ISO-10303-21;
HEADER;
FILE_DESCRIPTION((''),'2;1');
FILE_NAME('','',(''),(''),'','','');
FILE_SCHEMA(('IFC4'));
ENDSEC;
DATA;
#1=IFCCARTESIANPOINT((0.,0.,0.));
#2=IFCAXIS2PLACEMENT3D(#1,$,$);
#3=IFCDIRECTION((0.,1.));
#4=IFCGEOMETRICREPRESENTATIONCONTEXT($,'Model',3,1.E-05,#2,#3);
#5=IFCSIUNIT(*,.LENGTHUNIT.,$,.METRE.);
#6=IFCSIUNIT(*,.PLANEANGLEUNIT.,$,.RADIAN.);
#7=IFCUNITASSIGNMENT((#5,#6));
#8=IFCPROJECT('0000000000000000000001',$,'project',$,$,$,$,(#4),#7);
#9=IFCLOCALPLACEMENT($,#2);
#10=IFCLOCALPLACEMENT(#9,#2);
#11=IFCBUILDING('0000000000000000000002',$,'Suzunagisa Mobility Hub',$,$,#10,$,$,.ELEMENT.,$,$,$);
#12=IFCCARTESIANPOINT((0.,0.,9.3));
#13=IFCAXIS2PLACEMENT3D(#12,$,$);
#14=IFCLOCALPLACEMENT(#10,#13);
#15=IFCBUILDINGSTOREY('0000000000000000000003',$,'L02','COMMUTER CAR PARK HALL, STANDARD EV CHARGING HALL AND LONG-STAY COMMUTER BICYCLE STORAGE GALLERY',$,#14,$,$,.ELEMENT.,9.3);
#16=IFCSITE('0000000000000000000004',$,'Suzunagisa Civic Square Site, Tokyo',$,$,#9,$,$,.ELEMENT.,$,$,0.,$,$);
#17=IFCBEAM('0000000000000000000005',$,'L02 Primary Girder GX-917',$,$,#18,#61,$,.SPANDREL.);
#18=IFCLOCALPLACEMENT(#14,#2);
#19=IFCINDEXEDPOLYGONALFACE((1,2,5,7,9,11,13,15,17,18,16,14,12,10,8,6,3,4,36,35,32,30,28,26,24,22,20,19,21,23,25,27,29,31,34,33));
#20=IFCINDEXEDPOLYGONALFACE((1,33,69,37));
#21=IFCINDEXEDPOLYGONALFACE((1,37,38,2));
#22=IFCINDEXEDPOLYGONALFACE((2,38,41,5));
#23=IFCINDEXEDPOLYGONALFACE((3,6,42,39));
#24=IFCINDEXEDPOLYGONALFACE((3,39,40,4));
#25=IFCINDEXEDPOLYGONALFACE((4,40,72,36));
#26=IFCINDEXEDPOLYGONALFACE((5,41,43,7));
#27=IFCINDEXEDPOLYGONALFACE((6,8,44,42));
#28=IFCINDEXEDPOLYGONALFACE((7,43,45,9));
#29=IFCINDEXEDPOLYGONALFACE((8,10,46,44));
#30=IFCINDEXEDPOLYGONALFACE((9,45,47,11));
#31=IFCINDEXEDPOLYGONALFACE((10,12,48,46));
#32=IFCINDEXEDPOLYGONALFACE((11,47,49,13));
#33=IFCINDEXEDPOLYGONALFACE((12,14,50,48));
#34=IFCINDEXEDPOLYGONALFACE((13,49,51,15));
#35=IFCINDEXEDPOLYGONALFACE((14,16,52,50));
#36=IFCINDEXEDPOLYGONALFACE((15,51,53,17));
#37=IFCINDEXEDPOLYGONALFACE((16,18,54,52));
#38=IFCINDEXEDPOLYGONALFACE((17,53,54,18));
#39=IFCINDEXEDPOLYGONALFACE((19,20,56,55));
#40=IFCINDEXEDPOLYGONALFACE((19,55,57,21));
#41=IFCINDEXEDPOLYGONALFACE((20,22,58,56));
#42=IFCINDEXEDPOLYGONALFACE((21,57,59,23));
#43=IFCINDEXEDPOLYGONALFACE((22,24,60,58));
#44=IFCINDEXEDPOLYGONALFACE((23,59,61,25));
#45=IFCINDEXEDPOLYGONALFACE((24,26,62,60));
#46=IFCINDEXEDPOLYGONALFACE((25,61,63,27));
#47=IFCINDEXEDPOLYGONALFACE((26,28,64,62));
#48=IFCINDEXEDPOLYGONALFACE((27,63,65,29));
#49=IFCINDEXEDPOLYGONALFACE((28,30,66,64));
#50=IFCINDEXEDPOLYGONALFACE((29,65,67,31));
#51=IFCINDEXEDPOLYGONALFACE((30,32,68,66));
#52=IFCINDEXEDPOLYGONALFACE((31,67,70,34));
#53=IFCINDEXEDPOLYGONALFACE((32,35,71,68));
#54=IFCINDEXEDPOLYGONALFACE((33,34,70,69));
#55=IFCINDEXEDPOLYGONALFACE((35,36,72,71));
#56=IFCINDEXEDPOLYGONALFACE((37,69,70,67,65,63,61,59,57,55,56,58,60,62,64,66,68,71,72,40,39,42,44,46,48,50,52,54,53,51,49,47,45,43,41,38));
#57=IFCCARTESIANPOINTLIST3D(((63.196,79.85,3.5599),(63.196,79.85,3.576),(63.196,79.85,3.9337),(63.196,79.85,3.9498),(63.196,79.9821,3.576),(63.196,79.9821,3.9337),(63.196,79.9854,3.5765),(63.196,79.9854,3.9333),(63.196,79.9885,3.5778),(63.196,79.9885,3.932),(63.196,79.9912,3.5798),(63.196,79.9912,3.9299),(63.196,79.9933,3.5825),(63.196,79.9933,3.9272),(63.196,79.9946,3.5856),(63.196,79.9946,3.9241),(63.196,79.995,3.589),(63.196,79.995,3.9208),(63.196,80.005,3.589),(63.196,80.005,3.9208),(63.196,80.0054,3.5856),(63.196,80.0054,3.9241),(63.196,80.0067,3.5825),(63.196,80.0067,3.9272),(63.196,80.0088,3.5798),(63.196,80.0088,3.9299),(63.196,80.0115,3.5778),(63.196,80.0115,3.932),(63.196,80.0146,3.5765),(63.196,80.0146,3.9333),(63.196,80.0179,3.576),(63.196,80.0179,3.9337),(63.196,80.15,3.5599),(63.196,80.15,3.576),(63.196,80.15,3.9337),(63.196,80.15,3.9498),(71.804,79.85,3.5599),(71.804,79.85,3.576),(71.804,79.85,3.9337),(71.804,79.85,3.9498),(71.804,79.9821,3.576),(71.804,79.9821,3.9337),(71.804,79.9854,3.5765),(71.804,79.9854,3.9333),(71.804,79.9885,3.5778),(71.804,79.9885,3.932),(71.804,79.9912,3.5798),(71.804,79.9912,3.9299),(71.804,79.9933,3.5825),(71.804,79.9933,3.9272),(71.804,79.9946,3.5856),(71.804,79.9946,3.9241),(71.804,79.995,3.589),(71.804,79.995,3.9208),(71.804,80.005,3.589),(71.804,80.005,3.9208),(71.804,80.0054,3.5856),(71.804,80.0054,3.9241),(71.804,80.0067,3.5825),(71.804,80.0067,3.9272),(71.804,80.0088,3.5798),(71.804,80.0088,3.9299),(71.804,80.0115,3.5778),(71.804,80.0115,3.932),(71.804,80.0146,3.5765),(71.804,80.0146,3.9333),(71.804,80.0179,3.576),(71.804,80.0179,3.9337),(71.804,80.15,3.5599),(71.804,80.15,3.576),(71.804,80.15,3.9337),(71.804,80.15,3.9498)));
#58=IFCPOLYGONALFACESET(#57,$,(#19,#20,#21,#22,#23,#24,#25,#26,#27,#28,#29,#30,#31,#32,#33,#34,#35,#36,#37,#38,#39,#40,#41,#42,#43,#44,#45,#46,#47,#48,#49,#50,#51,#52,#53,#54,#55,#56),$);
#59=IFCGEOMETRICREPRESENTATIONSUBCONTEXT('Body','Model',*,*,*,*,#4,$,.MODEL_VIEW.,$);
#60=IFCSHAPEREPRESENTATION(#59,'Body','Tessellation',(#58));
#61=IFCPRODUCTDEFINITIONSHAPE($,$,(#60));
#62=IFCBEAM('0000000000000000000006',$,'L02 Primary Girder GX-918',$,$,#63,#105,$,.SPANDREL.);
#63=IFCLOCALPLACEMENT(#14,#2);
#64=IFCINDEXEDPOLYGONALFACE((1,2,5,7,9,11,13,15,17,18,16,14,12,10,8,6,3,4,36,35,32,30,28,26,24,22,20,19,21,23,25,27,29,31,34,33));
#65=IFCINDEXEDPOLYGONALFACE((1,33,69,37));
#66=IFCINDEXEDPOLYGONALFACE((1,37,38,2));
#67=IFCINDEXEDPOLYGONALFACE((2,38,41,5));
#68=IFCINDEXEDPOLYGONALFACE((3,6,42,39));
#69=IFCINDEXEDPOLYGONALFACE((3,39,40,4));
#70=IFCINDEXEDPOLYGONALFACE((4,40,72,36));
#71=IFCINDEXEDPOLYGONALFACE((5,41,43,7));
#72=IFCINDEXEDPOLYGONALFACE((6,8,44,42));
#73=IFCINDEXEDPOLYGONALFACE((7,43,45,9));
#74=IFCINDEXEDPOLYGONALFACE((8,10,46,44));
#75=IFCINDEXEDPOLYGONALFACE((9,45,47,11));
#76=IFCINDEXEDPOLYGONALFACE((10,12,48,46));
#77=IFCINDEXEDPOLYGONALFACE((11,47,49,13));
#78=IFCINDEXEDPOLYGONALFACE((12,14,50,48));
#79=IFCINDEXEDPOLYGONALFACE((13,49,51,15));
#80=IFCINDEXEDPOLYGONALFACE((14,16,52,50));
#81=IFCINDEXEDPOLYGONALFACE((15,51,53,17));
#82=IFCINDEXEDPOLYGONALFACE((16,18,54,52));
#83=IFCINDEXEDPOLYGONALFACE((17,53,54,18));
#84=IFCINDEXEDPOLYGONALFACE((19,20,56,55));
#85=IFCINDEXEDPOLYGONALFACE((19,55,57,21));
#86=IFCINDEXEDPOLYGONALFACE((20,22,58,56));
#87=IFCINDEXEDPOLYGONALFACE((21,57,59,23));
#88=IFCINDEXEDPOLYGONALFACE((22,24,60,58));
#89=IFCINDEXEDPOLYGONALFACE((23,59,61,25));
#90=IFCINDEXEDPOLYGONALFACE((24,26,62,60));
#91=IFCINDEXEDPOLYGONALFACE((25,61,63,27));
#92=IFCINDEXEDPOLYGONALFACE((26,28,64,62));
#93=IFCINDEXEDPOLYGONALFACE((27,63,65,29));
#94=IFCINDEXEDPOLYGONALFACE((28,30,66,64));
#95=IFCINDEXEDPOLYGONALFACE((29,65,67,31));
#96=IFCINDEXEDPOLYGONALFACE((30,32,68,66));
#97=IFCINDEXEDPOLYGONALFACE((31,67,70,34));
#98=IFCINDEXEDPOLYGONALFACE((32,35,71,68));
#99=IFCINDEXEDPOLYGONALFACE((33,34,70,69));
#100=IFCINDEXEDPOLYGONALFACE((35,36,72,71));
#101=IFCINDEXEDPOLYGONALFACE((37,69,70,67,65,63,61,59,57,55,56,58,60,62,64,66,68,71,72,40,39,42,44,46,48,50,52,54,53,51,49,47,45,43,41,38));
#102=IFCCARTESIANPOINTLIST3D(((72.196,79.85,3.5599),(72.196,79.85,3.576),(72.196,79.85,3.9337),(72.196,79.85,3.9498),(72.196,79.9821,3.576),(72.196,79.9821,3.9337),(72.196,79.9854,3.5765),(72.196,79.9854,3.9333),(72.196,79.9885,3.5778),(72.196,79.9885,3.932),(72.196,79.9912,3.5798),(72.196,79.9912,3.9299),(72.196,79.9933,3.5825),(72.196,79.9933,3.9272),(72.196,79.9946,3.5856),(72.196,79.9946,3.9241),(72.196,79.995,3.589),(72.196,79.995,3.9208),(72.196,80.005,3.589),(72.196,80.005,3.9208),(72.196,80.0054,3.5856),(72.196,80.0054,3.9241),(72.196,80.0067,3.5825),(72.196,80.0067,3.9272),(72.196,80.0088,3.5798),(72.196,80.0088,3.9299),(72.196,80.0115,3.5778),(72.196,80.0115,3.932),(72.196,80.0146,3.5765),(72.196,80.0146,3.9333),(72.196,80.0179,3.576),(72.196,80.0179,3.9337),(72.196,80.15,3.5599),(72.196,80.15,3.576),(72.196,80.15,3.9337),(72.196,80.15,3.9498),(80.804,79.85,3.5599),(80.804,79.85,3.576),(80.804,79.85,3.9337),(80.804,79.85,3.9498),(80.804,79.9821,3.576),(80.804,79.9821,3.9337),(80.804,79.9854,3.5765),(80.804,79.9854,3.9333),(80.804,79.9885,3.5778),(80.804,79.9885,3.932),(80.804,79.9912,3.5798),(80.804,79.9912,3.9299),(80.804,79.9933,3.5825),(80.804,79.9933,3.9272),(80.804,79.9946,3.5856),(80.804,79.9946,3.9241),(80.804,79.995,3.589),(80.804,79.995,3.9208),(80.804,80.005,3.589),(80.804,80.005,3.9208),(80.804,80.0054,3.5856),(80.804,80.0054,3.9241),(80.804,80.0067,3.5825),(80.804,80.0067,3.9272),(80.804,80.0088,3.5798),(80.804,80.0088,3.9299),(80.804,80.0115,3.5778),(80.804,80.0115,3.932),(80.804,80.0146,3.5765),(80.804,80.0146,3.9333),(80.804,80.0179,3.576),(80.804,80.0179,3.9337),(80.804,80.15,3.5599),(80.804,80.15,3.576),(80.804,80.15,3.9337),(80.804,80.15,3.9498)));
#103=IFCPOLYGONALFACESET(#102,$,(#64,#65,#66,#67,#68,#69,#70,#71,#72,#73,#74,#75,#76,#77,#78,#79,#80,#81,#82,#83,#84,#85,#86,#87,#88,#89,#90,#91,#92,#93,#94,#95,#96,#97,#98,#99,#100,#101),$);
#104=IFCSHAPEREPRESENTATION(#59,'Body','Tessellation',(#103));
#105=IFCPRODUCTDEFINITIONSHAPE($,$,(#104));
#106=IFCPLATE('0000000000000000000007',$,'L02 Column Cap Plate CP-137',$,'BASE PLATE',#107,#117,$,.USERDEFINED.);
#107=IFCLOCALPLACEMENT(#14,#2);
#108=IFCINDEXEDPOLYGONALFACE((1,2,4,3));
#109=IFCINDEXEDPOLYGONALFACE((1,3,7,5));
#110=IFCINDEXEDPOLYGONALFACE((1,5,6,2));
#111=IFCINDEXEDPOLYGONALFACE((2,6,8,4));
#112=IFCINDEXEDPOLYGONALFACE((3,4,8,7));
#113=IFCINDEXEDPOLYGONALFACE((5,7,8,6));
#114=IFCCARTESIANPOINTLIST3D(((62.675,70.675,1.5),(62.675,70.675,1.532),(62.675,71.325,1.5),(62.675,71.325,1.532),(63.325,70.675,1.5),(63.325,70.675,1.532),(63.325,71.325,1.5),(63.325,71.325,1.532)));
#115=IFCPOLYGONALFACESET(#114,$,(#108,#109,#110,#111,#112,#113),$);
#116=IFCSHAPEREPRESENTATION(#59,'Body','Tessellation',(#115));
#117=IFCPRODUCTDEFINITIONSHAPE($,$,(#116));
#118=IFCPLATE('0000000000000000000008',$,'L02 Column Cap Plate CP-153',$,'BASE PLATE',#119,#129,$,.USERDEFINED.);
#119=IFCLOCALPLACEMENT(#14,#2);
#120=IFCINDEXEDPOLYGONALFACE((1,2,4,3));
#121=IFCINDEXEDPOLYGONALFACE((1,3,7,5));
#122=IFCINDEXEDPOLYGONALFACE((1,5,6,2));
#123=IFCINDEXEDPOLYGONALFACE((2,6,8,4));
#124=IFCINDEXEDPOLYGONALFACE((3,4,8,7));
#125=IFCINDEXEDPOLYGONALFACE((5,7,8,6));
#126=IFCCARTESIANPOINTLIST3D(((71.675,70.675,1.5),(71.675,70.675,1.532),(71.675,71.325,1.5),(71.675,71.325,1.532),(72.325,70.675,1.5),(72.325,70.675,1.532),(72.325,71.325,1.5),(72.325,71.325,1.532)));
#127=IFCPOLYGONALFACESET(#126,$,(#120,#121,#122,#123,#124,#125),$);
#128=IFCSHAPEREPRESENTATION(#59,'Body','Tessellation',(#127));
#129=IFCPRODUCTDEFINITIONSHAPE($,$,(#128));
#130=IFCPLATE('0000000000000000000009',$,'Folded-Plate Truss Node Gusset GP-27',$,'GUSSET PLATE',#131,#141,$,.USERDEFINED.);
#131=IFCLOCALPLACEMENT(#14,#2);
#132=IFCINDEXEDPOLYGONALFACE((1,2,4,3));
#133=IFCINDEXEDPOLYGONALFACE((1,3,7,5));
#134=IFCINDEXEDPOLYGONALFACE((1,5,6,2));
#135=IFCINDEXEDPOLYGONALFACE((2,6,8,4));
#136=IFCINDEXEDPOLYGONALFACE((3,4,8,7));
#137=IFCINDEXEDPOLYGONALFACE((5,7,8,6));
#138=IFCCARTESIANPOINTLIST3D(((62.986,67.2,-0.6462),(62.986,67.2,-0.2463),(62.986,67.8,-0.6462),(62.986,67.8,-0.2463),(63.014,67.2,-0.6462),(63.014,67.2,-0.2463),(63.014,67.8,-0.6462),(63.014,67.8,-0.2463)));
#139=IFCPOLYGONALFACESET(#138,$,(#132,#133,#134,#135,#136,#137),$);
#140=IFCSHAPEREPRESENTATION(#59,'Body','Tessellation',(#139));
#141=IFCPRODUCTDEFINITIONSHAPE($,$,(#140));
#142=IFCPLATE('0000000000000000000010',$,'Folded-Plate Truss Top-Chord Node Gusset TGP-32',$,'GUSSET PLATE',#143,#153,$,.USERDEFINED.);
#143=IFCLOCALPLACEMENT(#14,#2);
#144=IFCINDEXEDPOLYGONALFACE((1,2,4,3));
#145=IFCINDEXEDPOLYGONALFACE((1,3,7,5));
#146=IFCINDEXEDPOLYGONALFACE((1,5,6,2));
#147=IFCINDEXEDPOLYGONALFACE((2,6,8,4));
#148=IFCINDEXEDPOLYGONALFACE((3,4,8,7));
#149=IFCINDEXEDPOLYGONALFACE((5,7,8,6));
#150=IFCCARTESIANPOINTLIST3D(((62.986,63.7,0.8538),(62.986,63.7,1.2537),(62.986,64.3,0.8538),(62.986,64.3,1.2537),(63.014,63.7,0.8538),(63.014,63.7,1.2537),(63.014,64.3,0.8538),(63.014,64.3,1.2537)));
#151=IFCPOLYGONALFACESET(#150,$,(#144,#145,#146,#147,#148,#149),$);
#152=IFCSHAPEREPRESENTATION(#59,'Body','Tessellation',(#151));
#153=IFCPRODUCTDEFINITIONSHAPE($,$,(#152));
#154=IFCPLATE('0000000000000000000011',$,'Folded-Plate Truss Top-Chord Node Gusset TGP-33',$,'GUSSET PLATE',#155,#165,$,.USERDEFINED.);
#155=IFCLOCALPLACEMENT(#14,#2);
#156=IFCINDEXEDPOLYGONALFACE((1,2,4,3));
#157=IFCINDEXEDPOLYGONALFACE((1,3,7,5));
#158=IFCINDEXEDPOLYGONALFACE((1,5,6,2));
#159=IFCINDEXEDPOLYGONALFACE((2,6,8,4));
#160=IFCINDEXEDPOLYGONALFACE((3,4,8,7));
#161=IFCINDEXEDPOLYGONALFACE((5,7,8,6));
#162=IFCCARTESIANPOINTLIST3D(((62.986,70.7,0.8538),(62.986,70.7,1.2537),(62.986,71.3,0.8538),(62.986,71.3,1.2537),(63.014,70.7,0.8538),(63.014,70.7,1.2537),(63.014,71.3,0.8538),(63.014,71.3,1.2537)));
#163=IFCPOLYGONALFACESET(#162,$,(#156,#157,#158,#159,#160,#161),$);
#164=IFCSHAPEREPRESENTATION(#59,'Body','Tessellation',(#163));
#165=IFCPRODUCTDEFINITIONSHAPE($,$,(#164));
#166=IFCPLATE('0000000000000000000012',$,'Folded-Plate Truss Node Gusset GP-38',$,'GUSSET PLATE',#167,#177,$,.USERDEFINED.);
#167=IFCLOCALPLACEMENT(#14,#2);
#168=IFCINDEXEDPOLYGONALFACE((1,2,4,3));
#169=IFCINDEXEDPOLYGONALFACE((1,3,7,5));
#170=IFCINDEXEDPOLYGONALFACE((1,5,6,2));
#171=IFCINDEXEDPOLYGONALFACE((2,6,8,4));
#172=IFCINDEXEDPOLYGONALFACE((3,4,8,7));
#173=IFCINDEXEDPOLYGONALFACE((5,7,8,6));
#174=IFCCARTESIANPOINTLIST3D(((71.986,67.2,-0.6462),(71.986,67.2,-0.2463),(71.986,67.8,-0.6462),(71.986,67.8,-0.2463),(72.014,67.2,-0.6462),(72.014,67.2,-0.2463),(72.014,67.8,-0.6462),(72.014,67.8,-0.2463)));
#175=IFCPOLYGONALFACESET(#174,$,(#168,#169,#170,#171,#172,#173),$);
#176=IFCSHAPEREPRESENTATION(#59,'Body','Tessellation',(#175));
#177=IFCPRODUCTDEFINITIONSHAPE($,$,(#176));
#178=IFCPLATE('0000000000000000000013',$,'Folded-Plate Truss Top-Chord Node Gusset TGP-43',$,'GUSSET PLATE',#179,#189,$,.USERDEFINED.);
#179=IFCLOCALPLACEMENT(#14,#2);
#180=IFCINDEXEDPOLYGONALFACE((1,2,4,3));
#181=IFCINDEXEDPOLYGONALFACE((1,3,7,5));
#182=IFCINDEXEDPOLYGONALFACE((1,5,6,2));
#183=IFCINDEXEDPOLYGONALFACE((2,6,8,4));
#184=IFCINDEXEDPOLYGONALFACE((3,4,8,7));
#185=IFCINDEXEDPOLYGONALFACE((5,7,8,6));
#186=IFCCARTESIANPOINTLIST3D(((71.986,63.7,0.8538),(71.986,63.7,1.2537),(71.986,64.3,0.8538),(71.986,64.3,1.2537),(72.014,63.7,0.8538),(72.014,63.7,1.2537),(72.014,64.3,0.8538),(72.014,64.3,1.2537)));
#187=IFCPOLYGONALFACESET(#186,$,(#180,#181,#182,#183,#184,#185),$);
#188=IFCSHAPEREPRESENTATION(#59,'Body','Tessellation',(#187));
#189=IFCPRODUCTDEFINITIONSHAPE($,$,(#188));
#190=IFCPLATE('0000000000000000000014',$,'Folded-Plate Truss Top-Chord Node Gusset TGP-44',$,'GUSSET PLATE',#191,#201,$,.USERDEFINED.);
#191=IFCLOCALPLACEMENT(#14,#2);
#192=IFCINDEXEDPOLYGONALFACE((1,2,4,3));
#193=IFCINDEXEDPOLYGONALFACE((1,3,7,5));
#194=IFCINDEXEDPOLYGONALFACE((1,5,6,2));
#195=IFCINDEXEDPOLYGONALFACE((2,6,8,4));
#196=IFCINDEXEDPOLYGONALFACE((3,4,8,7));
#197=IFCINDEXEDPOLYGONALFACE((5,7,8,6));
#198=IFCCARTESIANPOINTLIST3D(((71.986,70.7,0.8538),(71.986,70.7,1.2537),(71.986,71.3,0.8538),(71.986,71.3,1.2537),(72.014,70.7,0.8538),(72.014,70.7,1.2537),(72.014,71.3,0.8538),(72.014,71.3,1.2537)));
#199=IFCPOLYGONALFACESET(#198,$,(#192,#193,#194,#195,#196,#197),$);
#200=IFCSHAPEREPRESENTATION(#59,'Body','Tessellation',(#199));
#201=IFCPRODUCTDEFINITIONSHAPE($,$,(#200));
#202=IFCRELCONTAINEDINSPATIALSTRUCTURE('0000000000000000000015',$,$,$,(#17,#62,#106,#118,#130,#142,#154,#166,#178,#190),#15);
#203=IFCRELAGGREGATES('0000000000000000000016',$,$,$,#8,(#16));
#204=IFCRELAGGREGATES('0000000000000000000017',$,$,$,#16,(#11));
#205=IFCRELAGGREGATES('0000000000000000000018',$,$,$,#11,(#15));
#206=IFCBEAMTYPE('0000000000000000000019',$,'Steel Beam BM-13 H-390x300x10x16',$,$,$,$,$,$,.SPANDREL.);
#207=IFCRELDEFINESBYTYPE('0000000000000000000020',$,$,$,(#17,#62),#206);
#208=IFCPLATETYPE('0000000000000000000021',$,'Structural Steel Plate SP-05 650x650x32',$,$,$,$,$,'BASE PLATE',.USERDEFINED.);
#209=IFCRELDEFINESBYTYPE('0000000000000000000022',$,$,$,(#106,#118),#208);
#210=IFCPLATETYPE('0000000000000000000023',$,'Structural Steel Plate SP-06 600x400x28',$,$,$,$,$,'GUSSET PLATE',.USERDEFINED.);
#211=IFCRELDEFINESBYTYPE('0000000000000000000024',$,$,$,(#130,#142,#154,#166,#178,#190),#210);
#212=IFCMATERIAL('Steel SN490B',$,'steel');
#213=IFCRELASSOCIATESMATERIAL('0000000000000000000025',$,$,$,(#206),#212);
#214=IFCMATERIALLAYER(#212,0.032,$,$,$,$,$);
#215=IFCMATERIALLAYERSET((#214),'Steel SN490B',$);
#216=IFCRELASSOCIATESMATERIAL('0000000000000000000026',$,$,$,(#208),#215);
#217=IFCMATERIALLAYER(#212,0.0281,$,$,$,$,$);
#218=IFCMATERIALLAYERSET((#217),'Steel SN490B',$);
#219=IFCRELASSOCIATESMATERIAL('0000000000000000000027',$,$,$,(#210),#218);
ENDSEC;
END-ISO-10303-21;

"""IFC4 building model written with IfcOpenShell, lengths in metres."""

from ifc_helpers import new_model, si_unit, direction, frame, origin, origin_2d, place, context, subcontext, project, spatial, rectangle, i_section, extrude, material, layer, layer_set, material_profile, profile_set, type_object, element, save


model = new_model("IFC4")

# Units and contexts
model_context = context("Model", 3, precision=1e-05, world=origin(), true_north=direction((0.0, 1.0)))
body_context = subcontext(model_context, "Body", "Model", "MODEL_VIEW")
ifc_project = project(units=[si_unit("LENGTHUNIT", "METRE"), si_unit("PLANEANGLEUNIT", "RADIAN")], contexts=[model_context])

# Site, building, storey
site_placement = place(None, origin())
site = spatial("IfcSite", under=ifc_project, at=site_placement, Name="Suzunagisa Civic Square Site, Tokyo", CompositionType="ELEMENT", RefElevation=0.0)
building_placement = place(site_placement, origin())
building = spatial("IfcBuilding", under=site, at=building_placement, Name="Suzunagisa Mobility Hub", CompositionType="ELEMENT")
storey_placement = place(building_placement, frame((0.0, 0.0, 9.3)))
storey = spatial("IfcBuildingStorey", under=building, at=storey_placement, Name="L02", Description="COMMUTER CAR PARK HALL, STANDARD EV CHARGING HALL AND LONG-STAY COMMUTER BICYCLE STORAGE GALLERY", CompositionType="ELEMENT", Elevation=9.3)

# Shared definitions
ifc_material_1 = material(Name="Steel SN490B", Category="steel")

# Beams
ifc_material_profile_1 = material_profile(ifc_material_1, i_section(OverallWidth=0.3, OverallDepth=0.3899, WebThickness=0.01, FlangeThickness=0.0161, FilletRadius=0.0129, at=origin_2d()), Name="H-390x300x10x16")
ifc_profile_set_1 = profile_set([ifc_material_profile_1], Name="Steel SN490B")
beam_type_1 = type_object("IfcBeamType", Name="Steel Beam BM-13 H-390x300x10x16", PredefinedType="SPANDREL", material=ifc_profile_set_1)
for number, where, z_axis, x_axis, name in (
    (1, (63.196, 80.0, 3.7549), (1.0, 0.0, 0.0), (0.0, 1.0, 0.0), "L02 Primary Girder GX-917"),
    (2, (72.196, 80.0, 3.7549), (1.0, 0.0, 0.0), (0.0, 1.0, 0.0), "L02 Primary Girder GX-918"),
):
    element("IfcBeam", number, at=place(storey_placement, frame(where, z_axis=z_axis, x_axis=x_axis)), inside=storey, type_object=beam_type_1, Name=name, PredefinedType="SPANDREL", context=body_context, shape_type="SweptSolid", body=[
        extrude(i_section(OverallWidth=0.3, OverallDepth=0.3899, WebThickness=0.01, FlangeThickness=0.0161, FilletRadius=0.0129, at=origin_2d()), origin(), (0.0, 0.0, 1.0), 8.6079),
    ])

# Plates
ifc_layer_1 = layer(ifc_material_1, 0.032)
ifc_layer_set_1 = layer_set([ifc_layer_1], Name="Steel SN490B")
plate_type_1 = type_object("IfcPlateType", Name="Structural Steel Plate SP-05 650x650x32", ElementType="BASE PLATE", PredefinedType="USERDEFINED", material=ifc_layer_set_1)
for number, where, z_axis, x_axis, name in (
    (3, (63.0, 71.0, 1.5), (0.0, 0.0, 1.0), (1.0, 0.0, 0.0), "L02 Column Cap Plate CP-137"),
    (4, (72.0, 71.0, 1.5), (0.0, 0.0, 1.0), (1.0, 0.0, 0.0), "L02 Column Cap Plate CP-153"),
):
    element("IfcPlate", number, at=place(storey_placement, frame(where, z_axis=z_axis, x_axis=x_axis)), inside=storey, type_object=plate_type_1, Name=name, ObjectType="BASE PLATE", PredefinedType="USERDEFINED", context=body_context, shape_type="SweptSolid", body=[
        extrude(rectangle(XDim=0.6499, YDim=0.6499, at=origin_2d()), origin(), (0.0, 0.0, 1.0), 0.032),
    ])
ifc_layer_2 = layer(ifc_material_1, 0.0281)
ifc_layer_set_2 = layer_set([ifc_layer_2], Name="Steel SN490B")
plate_type_2 = type_object("IfcPlateType", Name="Structural Steel Plate SP-06 600x400x28", ElementType="GUSSET PLATE", PredefinedType="USERDEFINED", material=ifc_layer_set_2)
for number, where, z_axis, x_axis, name in (
    (5, (63.0, 67.5, -0.6462), (0.0, 0.0, 1.0), (1.0, 0.0, 0.0), "Folded-Plate Truss Node Gusset GP-27"),
    (6, (63.0, 64.0, 0.8538), (0.0, 0.0, 1.0), (1.0, 0.0, 0.0), "Folded-Plate Truss Top-Chord Node Gusset TGP-32"),
    (7, (63.0, 71.0, 0.8538), (0.0, 0.0, 1.0), (1.0, 0.0, 0.0), "Folded-Plate Truss Top-Chord Node Gusset TGP-33"),
    (8, (72.0, 67.5, -0.6462), (0.0, 0.0, 1.0), (1.0, 0.0, 0.0), "Folded-Plate Truss Node Gusset GP-38"),
    (9, (72.0, 64.0, 0.8538), (0.0, 0.0, 1.0), (1.0, 0.0, 0.0), "Folded-Plate Truss Top-Chord Node Gusset TGP-43"),
    (10, (72.0, 71.0, 0.8538), (0.0, 0.0, 1.0), (1.0, 0.0, 0.0), "Folded-Plate Truss Top-Chord Node Gusset TGP-44"),
):
    element("IfcPlate", number, at=place(storey_placement, frame(where, z_axis=z_axis, x_axis=x_axis)), inside=storey, type_object=plate_type_2, Name=name, ObjectType="GUSSET PLATE", PredefinedType="USERDEFINED", context=body_context, shape_type="SweptSolid", body=[
        extrude(rectangle(XDim=0.0281, YDim=0.6001, at=origin_2d()), origin(), (0.0, 0.0, 1.0), 0.3999),
    ])

save(model, "model.ifc")
